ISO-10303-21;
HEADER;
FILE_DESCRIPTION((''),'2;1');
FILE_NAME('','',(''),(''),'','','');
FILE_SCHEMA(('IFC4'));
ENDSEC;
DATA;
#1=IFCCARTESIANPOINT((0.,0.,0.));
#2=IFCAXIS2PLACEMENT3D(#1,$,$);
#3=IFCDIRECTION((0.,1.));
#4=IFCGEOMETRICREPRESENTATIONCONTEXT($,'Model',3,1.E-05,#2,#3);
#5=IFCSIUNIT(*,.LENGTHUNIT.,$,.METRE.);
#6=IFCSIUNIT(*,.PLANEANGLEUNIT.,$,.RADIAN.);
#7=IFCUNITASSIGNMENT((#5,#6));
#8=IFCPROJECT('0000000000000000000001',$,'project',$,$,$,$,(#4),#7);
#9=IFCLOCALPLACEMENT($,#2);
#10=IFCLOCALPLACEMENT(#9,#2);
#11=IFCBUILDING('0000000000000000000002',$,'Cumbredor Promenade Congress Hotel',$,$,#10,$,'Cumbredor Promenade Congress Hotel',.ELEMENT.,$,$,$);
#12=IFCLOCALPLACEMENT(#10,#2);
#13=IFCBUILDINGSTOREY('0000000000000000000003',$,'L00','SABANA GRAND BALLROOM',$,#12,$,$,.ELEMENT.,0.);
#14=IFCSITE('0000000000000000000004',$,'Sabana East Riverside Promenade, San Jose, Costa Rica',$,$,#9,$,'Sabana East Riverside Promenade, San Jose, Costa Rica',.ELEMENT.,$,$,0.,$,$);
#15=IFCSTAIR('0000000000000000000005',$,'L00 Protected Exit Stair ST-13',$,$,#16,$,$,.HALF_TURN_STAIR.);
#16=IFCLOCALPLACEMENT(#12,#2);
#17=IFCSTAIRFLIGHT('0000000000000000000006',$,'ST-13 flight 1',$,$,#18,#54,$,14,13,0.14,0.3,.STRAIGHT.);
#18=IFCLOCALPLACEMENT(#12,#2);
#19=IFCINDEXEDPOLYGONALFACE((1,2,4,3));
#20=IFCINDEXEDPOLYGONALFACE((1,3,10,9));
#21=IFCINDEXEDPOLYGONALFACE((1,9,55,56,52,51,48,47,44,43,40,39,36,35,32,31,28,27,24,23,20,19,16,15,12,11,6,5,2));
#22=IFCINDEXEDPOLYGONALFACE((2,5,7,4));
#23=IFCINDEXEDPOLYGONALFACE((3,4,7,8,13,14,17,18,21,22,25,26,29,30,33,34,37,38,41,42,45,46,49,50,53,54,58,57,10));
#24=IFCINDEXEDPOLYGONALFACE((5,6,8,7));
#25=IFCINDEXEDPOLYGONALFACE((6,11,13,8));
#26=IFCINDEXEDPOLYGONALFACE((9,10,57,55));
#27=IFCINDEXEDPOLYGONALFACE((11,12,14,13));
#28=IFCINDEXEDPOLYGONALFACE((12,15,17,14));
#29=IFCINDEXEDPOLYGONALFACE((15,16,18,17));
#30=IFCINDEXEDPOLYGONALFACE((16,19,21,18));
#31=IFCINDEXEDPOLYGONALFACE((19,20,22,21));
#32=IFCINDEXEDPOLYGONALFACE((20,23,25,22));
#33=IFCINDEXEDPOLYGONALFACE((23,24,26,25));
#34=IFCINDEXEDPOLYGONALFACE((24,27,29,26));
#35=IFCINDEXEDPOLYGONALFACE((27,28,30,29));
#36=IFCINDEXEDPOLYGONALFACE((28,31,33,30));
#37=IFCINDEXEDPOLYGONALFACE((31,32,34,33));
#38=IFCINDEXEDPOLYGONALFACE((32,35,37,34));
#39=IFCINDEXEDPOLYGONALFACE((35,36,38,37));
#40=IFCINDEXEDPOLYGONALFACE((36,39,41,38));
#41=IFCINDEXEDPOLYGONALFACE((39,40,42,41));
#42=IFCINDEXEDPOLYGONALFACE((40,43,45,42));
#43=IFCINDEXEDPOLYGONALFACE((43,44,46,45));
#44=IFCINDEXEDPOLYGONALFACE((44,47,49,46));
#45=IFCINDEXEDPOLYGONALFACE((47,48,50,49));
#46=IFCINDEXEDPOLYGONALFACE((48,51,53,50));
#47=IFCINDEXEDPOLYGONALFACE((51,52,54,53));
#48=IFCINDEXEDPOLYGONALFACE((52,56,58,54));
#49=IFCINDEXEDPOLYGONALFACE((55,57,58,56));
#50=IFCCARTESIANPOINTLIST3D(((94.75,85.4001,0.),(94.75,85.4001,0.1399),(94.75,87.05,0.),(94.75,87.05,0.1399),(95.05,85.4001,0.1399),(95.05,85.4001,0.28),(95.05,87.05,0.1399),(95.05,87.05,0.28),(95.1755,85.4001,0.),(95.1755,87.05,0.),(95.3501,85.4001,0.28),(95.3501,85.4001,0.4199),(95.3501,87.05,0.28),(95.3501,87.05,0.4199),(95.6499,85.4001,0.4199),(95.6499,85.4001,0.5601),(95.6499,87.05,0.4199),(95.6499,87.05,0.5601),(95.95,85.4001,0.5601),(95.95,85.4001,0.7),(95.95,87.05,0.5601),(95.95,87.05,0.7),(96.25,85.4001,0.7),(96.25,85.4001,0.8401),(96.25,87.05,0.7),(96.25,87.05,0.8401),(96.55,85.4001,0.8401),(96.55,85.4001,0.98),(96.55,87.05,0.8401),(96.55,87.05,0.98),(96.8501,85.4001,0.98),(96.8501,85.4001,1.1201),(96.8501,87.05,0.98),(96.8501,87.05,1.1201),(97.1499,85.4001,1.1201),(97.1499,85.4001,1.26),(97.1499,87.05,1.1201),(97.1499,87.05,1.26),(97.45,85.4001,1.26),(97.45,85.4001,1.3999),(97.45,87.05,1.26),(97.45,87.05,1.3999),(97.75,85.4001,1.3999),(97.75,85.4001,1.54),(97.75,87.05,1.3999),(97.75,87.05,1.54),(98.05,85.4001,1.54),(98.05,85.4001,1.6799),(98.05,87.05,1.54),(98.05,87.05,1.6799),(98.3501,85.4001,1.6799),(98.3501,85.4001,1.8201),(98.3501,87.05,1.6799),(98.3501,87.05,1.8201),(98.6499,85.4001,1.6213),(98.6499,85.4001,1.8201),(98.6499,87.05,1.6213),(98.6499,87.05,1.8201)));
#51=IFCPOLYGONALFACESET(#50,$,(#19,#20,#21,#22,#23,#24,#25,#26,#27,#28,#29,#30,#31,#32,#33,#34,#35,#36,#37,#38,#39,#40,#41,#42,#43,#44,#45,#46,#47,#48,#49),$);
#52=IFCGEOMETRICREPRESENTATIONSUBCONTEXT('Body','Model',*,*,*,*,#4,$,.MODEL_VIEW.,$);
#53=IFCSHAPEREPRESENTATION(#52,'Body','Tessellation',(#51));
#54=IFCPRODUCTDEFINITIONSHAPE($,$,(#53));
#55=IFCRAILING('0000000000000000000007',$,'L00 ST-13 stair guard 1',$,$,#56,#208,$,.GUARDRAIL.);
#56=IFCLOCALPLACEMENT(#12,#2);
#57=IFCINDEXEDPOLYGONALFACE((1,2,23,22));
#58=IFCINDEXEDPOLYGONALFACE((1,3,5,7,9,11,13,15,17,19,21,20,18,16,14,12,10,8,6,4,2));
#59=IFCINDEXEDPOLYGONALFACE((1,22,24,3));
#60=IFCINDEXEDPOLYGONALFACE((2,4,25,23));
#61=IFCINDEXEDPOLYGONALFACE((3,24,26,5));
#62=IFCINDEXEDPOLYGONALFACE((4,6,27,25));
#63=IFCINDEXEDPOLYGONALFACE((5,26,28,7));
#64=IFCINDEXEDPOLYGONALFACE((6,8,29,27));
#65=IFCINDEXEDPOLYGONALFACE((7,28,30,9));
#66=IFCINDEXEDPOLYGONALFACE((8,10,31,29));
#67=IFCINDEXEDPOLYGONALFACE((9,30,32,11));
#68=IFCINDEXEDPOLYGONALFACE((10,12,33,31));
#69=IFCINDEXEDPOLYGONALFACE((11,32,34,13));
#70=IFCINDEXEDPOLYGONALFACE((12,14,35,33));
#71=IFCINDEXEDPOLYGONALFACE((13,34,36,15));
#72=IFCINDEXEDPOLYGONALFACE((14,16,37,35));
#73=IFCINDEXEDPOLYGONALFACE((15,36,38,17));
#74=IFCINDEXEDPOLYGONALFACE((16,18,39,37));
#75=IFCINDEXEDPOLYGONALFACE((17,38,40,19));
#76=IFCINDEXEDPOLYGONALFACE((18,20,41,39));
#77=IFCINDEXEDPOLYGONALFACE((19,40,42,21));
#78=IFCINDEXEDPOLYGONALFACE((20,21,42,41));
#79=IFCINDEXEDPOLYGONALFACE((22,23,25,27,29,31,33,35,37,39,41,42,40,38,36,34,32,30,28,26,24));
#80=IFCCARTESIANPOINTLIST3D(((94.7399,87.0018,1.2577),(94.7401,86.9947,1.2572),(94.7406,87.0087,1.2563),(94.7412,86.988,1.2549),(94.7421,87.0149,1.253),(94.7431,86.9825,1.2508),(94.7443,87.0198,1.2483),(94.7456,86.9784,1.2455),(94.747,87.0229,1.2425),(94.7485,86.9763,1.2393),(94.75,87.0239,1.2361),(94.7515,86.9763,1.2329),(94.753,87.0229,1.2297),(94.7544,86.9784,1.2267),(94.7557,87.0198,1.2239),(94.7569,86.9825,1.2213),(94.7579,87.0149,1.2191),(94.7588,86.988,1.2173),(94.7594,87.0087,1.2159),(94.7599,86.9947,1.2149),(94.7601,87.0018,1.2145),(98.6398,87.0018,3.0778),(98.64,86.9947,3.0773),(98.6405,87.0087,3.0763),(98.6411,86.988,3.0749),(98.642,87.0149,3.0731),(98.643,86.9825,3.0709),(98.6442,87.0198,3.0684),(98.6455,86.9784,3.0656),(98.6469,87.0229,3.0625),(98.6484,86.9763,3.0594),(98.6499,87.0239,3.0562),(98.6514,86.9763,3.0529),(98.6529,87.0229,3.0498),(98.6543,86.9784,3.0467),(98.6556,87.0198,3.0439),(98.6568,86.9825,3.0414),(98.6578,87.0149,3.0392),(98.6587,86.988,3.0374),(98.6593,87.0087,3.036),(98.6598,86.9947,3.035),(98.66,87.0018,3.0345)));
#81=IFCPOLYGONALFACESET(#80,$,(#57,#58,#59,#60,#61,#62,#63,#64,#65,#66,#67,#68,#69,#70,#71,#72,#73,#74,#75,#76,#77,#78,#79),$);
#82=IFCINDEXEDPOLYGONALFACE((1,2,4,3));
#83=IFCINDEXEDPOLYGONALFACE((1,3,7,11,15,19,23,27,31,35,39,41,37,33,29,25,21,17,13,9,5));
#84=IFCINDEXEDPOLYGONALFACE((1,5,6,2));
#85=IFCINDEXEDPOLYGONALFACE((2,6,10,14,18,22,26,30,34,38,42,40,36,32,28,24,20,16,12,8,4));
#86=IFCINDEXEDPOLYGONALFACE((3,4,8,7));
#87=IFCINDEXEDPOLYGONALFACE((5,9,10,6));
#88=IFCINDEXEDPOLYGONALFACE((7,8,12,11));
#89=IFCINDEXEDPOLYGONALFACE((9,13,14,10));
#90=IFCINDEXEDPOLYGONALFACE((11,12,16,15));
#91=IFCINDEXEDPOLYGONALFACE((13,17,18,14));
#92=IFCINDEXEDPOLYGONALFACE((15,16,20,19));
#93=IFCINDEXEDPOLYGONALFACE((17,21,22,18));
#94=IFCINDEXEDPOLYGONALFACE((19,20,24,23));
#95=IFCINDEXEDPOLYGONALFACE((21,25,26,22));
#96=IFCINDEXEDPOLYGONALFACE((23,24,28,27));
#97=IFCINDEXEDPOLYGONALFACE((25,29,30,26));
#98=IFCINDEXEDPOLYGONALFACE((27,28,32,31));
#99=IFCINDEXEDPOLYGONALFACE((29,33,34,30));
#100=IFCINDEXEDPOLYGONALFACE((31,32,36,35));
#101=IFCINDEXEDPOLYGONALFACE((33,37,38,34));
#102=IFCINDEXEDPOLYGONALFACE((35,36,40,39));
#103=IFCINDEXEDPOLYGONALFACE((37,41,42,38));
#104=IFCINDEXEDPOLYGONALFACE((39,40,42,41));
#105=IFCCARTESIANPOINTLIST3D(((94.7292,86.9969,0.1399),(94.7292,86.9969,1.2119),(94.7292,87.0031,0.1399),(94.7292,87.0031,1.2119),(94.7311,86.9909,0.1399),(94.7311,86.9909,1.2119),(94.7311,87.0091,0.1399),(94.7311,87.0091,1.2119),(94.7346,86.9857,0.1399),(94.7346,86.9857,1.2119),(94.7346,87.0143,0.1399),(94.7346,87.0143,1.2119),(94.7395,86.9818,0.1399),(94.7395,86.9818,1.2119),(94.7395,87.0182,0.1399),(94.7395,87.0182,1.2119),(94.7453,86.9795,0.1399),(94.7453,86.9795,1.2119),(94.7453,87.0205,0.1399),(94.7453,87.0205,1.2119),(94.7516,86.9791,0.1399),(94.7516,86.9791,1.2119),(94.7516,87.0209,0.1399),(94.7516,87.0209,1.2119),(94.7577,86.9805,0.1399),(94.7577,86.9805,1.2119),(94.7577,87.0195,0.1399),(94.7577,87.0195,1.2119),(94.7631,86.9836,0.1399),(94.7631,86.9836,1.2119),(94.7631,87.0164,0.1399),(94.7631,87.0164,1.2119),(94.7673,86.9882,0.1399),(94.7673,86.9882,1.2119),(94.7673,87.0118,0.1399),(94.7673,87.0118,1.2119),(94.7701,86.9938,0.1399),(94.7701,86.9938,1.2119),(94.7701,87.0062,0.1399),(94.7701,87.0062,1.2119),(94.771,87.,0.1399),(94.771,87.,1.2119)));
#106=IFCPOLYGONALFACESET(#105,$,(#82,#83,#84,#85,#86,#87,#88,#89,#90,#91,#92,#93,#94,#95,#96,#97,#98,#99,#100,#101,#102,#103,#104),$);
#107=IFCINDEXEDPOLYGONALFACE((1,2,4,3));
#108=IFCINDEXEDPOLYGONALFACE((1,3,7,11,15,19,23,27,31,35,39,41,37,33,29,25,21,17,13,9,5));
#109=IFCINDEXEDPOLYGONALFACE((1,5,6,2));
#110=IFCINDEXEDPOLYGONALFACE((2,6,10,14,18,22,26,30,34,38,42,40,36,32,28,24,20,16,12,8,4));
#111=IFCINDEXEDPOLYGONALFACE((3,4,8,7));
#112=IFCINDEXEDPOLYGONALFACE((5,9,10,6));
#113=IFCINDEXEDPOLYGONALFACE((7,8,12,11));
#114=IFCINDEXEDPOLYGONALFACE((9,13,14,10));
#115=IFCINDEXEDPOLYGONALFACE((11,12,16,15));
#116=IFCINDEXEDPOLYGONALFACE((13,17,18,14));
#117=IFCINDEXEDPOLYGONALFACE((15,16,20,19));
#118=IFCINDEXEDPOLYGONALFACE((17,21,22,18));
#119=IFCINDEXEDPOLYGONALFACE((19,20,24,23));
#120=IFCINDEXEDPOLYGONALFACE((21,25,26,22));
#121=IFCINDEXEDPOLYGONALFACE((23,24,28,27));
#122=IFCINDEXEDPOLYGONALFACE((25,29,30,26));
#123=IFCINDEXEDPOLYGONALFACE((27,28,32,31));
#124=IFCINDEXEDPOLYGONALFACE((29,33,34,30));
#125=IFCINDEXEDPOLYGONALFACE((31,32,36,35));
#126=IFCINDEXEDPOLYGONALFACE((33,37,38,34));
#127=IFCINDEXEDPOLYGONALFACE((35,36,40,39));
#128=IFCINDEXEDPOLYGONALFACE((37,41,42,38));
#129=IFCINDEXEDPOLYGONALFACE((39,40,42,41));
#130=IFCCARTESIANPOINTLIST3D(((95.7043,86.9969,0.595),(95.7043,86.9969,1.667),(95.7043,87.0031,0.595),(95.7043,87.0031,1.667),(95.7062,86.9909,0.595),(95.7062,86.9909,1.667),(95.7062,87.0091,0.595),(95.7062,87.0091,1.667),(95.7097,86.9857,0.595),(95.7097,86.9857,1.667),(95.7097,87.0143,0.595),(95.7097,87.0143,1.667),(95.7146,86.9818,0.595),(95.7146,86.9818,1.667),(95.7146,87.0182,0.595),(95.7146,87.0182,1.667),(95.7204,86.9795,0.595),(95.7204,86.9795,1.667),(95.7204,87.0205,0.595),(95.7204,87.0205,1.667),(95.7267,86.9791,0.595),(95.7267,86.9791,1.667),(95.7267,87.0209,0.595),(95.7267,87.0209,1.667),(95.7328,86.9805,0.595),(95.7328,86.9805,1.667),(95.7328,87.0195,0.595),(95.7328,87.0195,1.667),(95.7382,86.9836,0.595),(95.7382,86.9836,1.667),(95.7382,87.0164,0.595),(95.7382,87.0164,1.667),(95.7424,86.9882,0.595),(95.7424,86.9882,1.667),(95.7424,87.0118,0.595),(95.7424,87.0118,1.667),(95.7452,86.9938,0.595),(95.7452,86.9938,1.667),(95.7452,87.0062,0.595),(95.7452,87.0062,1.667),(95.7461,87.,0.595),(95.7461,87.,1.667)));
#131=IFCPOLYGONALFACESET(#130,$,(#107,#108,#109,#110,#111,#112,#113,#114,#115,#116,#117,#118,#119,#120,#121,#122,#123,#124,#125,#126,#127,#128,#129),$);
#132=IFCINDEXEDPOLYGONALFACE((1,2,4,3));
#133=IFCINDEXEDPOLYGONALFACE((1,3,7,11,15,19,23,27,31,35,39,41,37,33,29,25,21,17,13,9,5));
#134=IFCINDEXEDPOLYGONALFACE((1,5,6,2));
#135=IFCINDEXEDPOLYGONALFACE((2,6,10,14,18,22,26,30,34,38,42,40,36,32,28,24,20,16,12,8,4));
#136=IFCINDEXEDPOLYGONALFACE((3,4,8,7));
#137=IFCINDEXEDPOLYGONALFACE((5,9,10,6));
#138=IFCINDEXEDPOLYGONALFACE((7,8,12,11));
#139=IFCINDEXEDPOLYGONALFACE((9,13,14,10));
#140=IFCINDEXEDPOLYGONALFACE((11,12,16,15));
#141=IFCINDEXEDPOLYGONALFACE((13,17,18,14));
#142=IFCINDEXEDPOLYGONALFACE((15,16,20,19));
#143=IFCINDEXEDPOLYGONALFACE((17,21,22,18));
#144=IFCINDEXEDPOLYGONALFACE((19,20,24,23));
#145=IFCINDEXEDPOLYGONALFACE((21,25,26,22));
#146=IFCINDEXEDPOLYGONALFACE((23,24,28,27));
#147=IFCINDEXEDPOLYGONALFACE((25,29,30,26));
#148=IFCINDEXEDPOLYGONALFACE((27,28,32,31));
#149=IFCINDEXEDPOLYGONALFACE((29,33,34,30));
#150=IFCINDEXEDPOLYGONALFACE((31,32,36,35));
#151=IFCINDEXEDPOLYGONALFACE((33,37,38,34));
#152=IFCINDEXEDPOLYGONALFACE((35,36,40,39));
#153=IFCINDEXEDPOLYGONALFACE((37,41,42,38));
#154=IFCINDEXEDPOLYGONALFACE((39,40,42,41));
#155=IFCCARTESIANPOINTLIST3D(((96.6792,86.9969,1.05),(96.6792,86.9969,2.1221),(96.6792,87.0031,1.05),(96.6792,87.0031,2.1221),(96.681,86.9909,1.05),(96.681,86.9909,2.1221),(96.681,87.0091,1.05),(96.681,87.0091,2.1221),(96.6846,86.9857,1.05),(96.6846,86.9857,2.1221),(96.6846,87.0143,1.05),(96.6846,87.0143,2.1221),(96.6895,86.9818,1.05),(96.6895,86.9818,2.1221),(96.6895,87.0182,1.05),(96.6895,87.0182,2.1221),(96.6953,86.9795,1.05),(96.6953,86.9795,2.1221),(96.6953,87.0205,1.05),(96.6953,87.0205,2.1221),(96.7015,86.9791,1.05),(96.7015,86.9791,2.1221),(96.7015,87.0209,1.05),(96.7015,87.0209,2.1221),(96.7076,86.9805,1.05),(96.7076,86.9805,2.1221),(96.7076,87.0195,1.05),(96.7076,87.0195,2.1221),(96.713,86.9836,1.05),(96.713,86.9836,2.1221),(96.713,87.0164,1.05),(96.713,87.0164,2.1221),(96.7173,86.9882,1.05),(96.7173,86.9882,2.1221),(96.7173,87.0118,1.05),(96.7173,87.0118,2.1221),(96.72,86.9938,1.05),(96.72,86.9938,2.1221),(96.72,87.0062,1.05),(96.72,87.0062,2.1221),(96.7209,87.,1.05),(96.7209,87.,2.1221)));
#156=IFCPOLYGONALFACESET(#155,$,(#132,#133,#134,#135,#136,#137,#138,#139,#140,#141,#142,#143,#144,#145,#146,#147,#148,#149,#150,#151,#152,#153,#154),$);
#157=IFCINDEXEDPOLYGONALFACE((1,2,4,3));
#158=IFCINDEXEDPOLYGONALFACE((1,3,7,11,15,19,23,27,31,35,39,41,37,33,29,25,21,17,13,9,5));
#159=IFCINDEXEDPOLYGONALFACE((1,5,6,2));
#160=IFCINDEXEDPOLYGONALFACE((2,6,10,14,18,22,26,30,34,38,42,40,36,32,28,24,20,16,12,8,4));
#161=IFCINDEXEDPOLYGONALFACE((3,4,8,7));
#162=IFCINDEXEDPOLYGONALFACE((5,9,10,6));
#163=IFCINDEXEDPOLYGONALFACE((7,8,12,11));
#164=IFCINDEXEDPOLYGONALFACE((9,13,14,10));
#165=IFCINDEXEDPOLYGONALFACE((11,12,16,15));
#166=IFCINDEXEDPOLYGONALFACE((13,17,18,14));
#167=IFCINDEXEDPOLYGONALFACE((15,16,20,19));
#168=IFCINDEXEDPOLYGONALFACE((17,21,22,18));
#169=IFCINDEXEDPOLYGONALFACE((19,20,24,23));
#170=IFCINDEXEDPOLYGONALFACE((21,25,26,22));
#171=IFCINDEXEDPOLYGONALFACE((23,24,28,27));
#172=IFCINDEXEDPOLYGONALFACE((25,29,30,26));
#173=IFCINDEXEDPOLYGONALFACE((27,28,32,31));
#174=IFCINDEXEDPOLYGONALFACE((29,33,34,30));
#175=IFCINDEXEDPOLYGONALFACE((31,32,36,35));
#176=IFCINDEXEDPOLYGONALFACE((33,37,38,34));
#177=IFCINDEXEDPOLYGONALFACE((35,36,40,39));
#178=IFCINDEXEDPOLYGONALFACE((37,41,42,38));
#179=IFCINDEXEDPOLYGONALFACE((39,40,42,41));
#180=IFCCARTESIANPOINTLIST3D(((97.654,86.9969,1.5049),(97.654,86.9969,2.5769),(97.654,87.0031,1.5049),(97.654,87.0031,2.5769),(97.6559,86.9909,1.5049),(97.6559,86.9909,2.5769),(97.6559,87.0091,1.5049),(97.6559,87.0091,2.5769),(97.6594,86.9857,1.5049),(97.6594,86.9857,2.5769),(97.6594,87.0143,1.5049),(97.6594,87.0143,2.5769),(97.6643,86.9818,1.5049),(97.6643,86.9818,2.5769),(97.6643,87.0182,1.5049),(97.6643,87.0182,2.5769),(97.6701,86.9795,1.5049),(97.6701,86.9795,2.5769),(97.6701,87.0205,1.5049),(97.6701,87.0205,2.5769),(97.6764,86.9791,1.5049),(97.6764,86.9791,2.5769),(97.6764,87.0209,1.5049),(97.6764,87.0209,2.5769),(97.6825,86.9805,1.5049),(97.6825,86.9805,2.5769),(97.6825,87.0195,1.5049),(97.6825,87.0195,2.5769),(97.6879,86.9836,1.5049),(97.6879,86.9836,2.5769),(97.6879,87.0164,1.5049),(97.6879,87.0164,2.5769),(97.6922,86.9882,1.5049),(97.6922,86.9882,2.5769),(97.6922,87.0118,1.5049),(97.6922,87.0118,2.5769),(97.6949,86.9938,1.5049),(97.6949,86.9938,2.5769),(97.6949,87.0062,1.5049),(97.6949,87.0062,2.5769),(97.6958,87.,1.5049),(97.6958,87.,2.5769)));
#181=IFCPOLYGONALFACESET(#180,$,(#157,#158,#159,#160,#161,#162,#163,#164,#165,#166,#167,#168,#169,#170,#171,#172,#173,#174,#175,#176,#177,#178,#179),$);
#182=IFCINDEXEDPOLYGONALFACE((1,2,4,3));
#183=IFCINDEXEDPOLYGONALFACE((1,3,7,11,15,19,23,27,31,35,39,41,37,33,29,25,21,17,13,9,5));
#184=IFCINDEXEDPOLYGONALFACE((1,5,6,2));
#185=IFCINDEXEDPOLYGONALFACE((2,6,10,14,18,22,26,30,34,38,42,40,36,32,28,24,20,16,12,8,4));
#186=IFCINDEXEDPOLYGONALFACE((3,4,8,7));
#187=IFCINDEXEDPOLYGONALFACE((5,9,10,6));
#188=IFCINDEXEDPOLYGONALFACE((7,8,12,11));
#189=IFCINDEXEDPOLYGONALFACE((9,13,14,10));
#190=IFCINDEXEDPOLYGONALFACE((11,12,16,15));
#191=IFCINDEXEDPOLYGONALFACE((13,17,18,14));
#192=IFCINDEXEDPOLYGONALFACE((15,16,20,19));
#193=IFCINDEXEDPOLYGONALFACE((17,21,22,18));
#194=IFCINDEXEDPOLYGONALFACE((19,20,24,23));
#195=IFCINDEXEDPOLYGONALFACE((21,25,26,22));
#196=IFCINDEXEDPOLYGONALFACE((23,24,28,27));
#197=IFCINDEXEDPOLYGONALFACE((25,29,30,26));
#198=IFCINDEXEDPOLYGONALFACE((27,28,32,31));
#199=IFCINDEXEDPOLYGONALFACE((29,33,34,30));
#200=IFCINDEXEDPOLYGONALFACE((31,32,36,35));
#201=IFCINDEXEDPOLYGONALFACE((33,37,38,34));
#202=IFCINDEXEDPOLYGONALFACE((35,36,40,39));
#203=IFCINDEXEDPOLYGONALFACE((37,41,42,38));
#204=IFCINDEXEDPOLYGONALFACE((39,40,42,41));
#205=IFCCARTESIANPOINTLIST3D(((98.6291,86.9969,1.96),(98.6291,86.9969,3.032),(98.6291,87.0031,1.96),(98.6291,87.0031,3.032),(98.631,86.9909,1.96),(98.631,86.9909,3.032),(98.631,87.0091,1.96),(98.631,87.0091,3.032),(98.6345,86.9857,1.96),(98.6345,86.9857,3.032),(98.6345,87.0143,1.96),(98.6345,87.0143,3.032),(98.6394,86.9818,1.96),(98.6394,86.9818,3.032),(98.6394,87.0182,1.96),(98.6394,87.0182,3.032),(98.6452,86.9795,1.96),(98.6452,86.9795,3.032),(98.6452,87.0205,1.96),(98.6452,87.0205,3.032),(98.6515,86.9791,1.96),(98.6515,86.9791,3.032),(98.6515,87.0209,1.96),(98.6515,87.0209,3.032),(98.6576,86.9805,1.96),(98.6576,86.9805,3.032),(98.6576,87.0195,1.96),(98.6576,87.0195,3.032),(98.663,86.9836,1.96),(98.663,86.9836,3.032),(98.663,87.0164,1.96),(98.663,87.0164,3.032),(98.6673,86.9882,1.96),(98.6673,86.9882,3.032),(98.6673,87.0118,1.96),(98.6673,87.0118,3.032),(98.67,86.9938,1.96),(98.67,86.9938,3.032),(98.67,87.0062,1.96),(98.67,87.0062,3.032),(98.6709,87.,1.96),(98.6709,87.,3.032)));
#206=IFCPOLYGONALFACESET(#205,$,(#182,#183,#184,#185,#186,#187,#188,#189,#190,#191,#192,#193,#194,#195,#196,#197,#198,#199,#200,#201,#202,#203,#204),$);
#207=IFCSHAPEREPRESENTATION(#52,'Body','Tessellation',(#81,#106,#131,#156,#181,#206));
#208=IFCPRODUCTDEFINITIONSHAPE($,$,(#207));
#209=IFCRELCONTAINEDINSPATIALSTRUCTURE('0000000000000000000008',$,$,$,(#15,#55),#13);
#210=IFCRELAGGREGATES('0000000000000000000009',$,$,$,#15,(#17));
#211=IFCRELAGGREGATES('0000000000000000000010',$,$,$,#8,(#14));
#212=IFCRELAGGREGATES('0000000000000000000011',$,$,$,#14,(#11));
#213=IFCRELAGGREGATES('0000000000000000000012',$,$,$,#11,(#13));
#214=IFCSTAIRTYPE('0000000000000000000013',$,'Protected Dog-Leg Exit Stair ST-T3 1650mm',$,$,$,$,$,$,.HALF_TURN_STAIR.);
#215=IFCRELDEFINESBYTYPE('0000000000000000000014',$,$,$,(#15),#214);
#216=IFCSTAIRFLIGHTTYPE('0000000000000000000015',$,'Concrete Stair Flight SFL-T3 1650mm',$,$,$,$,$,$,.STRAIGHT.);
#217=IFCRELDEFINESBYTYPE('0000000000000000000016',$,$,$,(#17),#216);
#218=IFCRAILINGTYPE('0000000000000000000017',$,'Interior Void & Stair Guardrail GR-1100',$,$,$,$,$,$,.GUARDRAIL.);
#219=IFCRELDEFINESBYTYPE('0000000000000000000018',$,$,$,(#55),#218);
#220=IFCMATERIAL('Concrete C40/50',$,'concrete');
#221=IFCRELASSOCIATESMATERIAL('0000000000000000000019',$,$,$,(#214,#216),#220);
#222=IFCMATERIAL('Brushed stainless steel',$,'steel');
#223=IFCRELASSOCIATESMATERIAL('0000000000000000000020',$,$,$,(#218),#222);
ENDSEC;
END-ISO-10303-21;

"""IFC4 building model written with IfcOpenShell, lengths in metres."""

from ifc_helpers import new_model, si_unit, direction, frame, origin, origin_2d, place, context, subcontext, project, spatial, polyline, circle, outline, extrude, material, type_object, element, aggregate, save


model = new_model("IFC4")

# Units and contexts
model_context = context("Model", 3, precision=1e-05, world=origin(), true_north=direction((0.0, 1.0)))
body_context = subcontext(model_context, "Body", "Model", "MODEL_VIEW")
ifc_project = project(units=[si_unit("LENGTHUNIT", "METRE"), si_unit("PLANEANGLEUNIT", "RADIAN")], contexts=[model_context])

# Site, building, storey
site_placement = place(None, origin())
site = spatial("IfcSite", under=ifc_project, at=site_placement, Name="Sabana East Riverside Promenade, San Jose, Costa Rica", LongName="Sabana East Riverside Promenade, San Jose, Costa Rica", CompositionType="ELEMENT", RefElevation=0.0)
building_placement = place(site_placement, origin())
building = spatial("IfcBuilding", under=site, at=building_placement, Name="Cumbredor Promenade Congress Hotel", LongName="Cumbredor Promenade Congress Hotel", CompositionType="ELEMENT")
storey_placement = place(building_placement, origin())
storey = spatial("IfcBuildingStorey", under=building, at=storey_placement, Name="L00", Description="SABANA GRAND BALLROOM", CompositionType="ELEMENT", Elevation=0.0)

# Shared definitions
ifc_material_1 = material(Name="Concrete C40/50", Category="concrete")

# Stair, stair flight
stair_type = type_object("IfcStairType", Name="Protected Dog-Leg Exit Stair ST-T3 1650mm", PredefinedType="HALF_TURN_STAIR", material=ifc_material_1)
stair_placement = place(storey_placement, origin())
stair = element("IfcStair", 1, at=stair_placement, inside=storey, type_object=stair_type, Name="L00 Protected Exit Stair ST-13", PredefinedType="HALF_TURN_STAIR")
stair_flight_type = type_object("IfcStairFlightType", Name="Concrete Stair Flight SFL-T3 1650mm", PredefinedType="STRAIGHT", material=ifc_material_1)
stair_flight_placement = place(storey_placement, frame((94.75, 86.2251, 0.0), z_axis=(0.0, 0.0, 1.0), x_axis=(1.0, 0.0, 0.0)))
stair_flight = element("IfcStairFlight", 2, at=stair_flight_placement, type_object=stair_flight_type, Name="ST-13 flight 1", NumberOfRisers=14, NumberOfTreads=13, PredefinedType="STRAIGHT", RiserHeight=0.14, TreadLength=0.3, context=body_context, shape_type="SweptSolid", body=[
    extrude(outline(polyline([(0.0, 0.0), (0.0, 0.1399), (0.3, 0.1399), (0.3, 0.28), (0.6001, 0.28), (0.6001, 0.4199), (0.8999, 0.4199), (0.8999, 0.5601), (1.2, 0.5601), (1.2, 0.7), (1.5, 0.7), (1.5, 0.8401), (1.8, 0.8401), (1.8, 0.98), (2.1001, 0.98), (2.1001, 1.1201), (2.3999, 1.1201), (2.3999, 1.26), (2.7, 1.26), (2.7, 1.3999), (3.0, 1.3999), (3.0, 1.54), (3.3, 1.54), (3.3, 1.6799), (3.6001, 1.6799), (3.6001, 1.8201), (3.8999, 1.8201), (3.8999, 1.96), (3.8999, 1.6213), (0.4255, 0.0), (0.0, 0.0)])), frame((0.0, 0.825, 0.0), z_axis=(0.0, -1.0, 0.0), x_axis=(1.0, 0.0, 0.0)), (0.0, 0.0, 1.0), 1.6499),
])
aggregate(stair, [stair_flight])

# Railing
ifc_material_2 = material(Name="Brushed stainless steel", Category="steel")
railing_type_1 = type_object("IfcRailingType", Name="Interior Void & Stair Guardrail GR-1100", PredefinedType="GUARDRAIL", material=ifc_material_2)
railing_1_placement = place(storey_placement, frame((94.75, 87.0, 0.1399)))
element("IfcRailing", 3, at=railing_1_placement, inside=storey, type_object=railing_type_1, Name="L00 ST-13 stair guard 1", PredefinedType="GUARDRAIL", context=body_context, shape_type="SweptSolid", body=[
    extrude(circle(Radius=0.0239, at=origin_2d()), frame((0.0, 0.0, 1.0962), z_axis=(0.906173, 0.0, 0.422907), x_axis=(0.0, 1.0, 0.0)), (0.0, 0.0, 1.0), 4.3037),
    extrude(circle(Radius=0.021, at=origin_2d()), origin(), (0.0, 0.0, 1.0), 1.072),
    extrude(circle(Radius=0.021, at=origin_2d()), frame((0.9751, 0.0, 0.4551)), (0.0, 0.0, 1.0), 1.072),
    extrude(circle(Radius=0.021, at=origin_2d()), frame((1.95, 0.0, 0.9102)), (0.0, 0.0, 1.0), 1.072),
    extrude(circle(Radius=0.021, at=origin_2d()), frame((2.9248, 0.0, 1.365)), (0.0, 0.0, 1.0), 1.072),
    extrude(circle(Radius=0.021, at=origin_2d()), frame((3.8999, 0.0, 1.8201)), (0.0, 0.0, 1.0), 1.072),
])

save(model, "model.ifc")
